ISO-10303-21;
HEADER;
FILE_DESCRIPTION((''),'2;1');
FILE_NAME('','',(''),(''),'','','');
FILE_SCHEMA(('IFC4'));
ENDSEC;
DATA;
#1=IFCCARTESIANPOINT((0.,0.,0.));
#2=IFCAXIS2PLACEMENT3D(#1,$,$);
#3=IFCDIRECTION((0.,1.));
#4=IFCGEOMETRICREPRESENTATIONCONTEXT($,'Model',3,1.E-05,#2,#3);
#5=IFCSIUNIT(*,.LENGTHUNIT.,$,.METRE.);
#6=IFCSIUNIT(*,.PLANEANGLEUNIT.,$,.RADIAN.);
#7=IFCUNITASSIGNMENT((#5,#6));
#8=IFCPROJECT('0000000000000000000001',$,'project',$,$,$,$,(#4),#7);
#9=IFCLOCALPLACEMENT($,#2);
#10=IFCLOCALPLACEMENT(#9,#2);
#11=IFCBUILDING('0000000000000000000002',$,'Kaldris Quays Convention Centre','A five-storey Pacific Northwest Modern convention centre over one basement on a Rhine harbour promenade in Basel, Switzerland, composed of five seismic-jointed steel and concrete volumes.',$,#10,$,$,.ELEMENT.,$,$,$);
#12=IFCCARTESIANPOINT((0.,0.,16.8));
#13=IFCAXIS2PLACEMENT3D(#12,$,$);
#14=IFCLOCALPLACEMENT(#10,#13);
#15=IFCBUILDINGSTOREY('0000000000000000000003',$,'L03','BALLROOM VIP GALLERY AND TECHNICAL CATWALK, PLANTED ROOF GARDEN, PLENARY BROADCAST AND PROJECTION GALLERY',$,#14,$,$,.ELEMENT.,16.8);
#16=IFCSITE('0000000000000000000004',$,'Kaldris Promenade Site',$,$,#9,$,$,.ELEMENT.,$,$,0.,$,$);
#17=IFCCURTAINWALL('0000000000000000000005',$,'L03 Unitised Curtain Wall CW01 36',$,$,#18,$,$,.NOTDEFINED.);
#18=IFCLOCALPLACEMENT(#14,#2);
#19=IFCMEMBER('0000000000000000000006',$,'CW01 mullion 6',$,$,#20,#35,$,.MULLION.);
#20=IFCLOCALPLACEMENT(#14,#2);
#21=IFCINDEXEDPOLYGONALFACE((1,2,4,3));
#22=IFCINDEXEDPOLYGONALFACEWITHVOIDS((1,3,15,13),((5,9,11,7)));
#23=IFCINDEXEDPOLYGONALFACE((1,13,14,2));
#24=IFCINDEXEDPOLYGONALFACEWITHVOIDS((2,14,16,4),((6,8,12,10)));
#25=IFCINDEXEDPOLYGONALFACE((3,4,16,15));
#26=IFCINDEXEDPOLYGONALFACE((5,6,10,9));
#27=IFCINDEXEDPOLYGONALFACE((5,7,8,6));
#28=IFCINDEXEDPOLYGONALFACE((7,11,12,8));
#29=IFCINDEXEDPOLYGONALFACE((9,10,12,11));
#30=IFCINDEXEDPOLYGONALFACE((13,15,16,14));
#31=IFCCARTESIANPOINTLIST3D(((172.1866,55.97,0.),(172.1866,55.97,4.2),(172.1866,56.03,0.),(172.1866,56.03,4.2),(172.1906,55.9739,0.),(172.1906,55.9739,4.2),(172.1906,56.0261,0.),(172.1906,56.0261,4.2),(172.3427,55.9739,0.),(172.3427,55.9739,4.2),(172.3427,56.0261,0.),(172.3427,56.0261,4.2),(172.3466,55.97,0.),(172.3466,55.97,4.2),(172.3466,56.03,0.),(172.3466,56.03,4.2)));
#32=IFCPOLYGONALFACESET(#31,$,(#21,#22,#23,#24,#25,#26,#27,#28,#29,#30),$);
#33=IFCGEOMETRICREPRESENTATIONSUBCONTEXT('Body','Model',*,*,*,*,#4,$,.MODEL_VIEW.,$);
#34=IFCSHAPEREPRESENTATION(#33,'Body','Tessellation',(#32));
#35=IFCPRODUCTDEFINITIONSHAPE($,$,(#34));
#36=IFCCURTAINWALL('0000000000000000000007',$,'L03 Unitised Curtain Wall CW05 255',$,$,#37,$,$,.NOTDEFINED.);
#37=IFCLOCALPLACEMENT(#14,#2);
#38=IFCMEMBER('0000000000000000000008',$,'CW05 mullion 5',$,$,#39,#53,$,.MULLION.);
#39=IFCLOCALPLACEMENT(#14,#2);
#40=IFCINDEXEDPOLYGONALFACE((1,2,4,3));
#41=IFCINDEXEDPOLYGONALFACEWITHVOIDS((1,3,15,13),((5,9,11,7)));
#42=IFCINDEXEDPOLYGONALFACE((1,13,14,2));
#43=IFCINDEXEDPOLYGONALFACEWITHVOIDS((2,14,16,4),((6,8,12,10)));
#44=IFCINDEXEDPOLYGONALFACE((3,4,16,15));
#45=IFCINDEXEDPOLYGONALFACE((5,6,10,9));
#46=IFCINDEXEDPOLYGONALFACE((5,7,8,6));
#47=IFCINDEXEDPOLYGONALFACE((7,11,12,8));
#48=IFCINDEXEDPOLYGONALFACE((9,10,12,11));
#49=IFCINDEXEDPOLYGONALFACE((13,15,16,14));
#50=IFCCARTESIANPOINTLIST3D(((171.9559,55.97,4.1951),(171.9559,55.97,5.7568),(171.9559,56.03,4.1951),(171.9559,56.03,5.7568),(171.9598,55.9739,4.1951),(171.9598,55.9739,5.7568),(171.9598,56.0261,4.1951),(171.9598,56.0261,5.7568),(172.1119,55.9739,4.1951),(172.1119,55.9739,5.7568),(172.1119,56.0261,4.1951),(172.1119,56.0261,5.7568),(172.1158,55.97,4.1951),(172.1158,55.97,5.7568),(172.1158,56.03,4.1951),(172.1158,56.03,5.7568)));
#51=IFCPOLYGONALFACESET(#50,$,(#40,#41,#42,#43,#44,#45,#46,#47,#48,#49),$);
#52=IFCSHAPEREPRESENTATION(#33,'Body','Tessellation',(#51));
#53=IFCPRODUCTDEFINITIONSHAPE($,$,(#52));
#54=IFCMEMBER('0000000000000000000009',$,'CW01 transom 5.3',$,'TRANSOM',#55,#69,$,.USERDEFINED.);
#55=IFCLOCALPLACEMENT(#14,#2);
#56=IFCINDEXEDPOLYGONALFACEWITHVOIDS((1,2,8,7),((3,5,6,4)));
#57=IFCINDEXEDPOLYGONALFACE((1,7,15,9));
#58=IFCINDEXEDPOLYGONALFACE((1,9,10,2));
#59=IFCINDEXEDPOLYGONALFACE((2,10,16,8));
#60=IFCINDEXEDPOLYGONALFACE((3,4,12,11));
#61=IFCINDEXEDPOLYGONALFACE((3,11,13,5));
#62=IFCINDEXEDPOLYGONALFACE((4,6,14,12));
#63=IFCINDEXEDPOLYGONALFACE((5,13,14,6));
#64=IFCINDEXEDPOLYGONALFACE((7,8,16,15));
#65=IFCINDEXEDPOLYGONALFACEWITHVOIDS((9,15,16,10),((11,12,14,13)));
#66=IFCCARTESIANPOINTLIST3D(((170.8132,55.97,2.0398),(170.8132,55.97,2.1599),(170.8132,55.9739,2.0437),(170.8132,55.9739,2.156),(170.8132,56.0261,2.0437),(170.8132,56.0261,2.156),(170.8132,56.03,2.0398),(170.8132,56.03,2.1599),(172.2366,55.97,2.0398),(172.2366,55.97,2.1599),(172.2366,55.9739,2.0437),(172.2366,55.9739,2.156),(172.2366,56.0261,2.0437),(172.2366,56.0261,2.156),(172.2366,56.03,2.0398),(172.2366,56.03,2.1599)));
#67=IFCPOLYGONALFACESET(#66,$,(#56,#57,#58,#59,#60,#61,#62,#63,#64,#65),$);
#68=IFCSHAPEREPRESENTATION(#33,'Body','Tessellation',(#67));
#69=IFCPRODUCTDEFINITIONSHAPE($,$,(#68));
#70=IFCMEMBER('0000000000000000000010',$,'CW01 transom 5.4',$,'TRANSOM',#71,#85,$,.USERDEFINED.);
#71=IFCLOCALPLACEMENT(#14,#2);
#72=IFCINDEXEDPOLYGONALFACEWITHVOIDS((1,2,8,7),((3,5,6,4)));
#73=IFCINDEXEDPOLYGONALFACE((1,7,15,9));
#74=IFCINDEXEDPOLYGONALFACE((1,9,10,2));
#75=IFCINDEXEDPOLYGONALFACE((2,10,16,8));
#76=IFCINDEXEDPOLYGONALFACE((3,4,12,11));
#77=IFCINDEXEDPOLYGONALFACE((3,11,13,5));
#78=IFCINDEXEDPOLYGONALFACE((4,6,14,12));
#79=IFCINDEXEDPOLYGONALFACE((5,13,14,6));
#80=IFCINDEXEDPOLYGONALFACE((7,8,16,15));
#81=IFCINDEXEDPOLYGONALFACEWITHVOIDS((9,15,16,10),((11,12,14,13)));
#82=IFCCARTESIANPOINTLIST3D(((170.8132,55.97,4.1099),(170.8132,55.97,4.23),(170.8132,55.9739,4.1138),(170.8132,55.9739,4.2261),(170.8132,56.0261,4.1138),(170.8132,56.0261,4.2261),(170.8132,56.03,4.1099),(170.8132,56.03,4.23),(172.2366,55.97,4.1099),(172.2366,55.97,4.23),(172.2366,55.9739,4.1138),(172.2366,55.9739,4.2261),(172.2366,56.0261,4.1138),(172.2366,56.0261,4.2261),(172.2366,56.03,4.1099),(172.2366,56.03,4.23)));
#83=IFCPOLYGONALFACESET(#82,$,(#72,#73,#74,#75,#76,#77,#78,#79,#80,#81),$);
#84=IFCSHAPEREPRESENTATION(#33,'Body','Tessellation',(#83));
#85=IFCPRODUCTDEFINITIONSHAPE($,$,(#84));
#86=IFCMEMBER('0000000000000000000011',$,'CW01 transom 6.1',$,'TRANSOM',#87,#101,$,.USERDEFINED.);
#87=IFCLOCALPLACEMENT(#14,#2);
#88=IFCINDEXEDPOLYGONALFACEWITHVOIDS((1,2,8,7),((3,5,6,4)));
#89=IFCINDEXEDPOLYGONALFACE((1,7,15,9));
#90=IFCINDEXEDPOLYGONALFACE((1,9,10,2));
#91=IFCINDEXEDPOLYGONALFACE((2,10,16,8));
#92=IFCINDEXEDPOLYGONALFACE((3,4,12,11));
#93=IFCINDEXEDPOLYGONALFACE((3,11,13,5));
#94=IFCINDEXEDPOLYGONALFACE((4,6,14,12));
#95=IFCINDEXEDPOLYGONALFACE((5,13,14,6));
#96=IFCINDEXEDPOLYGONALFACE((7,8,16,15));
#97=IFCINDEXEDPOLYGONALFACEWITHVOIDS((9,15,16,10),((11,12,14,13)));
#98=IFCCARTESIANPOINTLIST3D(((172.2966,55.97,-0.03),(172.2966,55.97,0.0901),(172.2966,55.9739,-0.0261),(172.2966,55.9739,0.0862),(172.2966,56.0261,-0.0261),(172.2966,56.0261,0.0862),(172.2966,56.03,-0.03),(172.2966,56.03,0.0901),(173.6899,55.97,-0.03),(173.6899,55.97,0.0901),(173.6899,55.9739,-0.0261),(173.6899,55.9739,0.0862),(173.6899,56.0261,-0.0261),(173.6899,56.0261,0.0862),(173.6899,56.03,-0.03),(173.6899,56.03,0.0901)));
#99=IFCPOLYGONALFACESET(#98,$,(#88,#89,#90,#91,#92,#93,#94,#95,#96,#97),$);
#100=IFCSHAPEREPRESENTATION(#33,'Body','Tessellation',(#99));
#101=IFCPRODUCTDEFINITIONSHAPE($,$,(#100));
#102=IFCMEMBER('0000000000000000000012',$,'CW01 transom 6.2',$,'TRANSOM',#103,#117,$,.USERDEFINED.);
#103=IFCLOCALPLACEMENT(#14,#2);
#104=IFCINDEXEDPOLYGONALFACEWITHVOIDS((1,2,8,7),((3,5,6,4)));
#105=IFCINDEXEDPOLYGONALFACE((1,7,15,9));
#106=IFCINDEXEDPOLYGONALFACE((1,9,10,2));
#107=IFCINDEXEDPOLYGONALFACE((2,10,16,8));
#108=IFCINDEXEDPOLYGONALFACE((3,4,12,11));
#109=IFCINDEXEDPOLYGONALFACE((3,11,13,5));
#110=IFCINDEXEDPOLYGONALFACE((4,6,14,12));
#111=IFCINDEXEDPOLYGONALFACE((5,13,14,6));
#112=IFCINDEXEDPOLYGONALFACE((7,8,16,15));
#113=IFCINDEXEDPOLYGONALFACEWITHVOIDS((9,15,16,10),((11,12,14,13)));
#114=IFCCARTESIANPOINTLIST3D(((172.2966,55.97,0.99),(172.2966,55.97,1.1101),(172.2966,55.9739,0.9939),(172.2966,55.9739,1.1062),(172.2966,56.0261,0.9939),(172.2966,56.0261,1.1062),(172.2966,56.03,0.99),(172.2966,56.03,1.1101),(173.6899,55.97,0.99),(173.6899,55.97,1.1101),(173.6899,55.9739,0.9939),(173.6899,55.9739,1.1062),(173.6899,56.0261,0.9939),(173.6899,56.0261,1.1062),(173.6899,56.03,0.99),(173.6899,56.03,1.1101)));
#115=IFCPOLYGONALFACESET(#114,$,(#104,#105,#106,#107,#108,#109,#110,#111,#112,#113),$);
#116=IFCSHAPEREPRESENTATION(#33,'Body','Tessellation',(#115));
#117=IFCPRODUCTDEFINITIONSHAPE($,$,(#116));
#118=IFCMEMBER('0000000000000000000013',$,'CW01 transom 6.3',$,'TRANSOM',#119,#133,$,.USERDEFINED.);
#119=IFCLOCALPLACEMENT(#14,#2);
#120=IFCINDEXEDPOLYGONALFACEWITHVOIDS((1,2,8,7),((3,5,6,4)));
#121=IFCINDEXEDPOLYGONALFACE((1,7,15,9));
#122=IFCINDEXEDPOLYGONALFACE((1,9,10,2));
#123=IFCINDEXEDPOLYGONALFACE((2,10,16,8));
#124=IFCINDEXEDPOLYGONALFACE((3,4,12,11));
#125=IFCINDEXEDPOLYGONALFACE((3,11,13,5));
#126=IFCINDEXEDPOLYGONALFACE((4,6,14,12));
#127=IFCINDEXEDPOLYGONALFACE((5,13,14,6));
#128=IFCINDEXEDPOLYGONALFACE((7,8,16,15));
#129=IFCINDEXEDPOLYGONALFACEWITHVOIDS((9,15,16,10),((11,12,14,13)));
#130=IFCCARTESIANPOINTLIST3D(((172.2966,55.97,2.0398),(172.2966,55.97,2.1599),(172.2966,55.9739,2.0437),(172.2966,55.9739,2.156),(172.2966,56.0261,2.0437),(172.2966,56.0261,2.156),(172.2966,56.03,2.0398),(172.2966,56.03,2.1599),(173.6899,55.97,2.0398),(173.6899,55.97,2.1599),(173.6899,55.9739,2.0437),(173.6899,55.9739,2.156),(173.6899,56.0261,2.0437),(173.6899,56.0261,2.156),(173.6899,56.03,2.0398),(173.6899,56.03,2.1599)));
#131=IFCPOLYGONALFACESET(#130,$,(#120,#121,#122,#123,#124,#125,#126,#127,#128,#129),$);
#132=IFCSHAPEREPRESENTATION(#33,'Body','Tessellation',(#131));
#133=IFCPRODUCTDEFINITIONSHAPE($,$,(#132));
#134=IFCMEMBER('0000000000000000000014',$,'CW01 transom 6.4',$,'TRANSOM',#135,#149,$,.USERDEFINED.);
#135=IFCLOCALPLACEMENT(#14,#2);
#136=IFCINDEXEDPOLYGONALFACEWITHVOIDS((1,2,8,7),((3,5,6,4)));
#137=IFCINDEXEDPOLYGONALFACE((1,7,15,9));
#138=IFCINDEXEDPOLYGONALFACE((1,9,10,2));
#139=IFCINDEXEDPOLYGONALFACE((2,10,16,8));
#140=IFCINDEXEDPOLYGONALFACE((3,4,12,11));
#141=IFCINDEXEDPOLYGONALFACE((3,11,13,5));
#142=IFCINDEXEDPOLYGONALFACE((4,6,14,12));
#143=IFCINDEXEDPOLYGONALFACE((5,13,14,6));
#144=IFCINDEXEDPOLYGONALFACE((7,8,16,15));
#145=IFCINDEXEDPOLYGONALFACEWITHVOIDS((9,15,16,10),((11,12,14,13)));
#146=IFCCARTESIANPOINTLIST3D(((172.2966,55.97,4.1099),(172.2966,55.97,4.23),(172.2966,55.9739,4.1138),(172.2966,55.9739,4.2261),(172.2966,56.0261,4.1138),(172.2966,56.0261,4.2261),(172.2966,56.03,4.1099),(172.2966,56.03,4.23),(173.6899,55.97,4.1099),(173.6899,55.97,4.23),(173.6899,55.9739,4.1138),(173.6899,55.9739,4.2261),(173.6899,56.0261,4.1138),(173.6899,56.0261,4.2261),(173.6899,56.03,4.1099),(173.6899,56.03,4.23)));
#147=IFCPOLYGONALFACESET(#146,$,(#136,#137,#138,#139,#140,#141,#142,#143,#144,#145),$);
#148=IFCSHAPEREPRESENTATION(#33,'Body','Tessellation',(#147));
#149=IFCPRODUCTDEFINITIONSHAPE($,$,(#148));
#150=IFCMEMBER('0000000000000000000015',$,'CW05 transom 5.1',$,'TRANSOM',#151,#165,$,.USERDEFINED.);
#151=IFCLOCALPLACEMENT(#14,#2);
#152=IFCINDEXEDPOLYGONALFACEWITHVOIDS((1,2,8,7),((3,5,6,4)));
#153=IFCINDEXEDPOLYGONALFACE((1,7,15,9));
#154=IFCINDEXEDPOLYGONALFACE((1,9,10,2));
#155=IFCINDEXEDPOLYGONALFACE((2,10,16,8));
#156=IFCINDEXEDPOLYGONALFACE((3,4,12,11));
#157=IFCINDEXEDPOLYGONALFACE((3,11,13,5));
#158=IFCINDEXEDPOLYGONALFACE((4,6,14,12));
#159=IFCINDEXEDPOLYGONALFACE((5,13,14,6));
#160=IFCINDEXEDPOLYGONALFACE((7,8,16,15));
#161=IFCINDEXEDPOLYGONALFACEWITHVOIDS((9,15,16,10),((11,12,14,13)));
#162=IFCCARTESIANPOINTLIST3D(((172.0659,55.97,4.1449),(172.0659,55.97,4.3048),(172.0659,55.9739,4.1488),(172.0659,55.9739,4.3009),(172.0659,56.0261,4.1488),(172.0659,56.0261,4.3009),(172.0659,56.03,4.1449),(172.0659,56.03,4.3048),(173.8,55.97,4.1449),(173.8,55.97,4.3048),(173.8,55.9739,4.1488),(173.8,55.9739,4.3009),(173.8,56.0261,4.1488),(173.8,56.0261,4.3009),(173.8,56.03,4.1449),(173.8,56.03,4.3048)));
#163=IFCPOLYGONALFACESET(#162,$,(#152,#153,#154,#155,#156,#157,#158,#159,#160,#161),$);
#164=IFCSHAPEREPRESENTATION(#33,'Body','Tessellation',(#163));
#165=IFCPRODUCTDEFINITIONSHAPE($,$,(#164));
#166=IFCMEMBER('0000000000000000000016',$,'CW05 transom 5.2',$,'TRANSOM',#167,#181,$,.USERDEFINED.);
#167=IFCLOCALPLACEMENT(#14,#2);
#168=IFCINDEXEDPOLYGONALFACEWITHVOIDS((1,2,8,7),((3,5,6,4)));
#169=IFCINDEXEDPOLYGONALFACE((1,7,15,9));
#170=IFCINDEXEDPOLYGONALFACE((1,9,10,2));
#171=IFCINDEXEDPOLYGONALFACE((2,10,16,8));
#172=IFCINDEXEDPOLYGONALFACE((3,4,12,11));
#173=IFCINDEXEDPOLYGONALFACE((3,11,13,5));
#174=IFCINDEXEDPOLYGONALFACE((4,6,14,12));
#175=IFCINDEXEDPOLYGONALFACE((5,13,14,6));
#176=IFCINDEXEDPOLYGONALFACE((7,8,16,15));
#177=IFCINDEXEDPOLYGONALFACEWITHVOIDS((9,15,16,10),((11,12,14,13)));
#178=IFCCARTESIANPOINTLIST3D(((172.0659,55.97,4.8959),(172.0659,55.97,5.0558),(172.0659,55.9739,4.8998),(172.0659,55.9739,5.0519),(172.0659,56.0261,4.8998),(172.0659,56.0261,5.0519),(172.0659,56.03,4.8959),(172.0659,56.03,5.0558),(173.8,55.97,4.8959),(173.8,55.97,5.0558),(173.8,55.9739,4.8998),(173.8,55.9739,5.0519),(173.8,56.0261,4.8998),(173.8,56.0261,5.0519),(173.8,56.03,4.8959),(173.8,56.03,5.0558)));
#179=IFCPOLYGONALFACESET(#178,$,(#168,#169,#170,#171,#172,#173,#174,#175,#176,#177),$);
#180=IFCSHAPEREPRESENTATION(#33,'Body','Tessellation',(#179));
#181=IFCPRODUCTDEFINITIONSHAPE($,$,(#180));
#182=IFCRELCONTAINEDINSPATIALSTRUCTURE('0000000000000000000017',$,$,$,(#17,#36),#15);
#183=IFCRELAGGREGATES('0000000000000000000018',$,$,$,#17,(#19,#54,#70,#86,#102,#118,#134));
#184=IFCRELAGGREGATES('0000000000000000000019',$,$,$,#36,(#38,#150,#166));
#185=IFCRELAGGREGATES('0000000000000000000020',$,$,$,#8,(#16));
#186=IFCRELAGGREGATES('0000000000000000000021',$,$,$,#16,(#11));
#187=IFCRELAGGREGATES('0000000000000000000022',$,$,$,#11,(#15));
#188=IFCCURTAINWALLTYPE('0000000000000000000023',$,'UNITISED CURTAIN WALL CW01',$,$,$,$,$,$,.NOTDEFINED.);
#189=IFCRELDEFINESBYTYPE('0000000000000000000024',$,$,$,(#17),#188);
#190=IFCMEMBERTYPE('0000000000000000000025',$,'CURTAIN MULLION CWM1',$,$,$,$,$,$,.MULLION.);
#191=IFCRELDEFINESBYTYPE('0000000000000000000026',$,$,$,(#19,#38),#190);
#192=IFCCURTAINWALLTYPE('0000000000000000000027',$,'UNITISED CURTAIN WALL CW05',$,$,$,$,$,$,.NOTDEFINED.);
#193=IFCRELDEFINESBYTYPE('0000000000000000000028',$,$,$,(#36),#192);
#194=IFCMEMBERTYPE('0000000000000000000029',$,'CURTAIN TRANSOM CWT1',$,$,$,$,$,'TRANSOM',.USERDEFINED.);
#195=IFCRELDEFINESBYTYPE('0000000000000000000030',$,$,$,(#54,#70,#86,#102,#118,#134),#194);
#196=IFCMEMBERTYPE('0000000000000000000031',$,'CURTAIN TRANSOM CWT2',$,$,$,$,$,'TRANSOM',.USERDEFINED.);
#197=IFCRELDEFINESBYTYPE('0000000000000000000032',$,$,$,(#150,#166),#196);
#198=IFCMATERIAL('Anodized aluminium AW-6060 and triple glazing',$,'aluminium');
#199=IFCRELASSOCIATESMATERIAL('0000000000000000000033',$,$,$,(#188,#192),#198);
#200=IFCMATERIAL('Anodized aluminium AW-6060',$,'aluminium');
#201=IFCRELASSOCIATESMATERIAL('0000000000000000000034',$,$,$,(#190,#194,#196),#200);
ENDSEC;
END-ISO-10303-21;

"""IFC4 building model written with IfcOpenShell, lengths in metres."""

from ifc_helpers import new_model, si_unit, direction, frame, origin, origin_2d, place, context, subcontext, project, spatial, hollow_rectangle, extrude, material, material_profile, profile_set, type_object, element, aggregate, save


model = new_model("IFC4")

# Units and contexts
model_context = context("Model", 3, precision=1e-05, world=origin(), true_north=direction((0.0, 1.0)))
body_context = subcontext(model_context, "Body", "Model", "MODEL_VIEW")
ifc_project = project(units=[si_unit("LENGTHUNIT", "METRE"), si_unit("PLANEANGLEUNIT", "RADIAN")], contexts=[model_context])

# Site, building, storey
site_placement = place(None, origin())
site = spatial("IfcSite", under=ifc_project, at=site_placement, Name="Kaldris Promenade Site", CompositionType="ELEMENT", RefElevation=0.0)
building_placement = place(site_placement, origin())
building = spatial("IfcBuilding", under=site, at=building_placement, Name="Kaldris Quays Convention Centre", Description="A five-storey Pacific Northwest Modern convention centre over one basement on a Rhine harbour promenade in Basel, Switzerland, composed of five seismic-jointed steel and concrete volumes.", CompositionType="ELEMENT")
storey_placement = place(building_placement, frame((0.0, 0.0, 16.8)))
storey = spatial("IfcBuildingStorey", under=building, at=storey_placement, Name="L03", Description="BALLROOM VIP GALLERY AND TECHNICAL CATWALK, PLANTED ROOF GARDEN, PLENARY BROADCAST AND PROJECTION GALLERY", CompositionType="ELEMENT", Elevation=16.8)

# Curtain walls, members
ifc_material_1 = material(Name="Anodized aluminium AW-6060 and triple glazing", Category="aluminium")
curtain_wall_type_1 = type_object("IfcCurtainWallType", Name="UNITISED CURTAIN WALL CW01", PredefinedType="NOTDEFINED", material=ifc_material_1)
curtain_wall_1_placement = place(storey_placement, origin())
curtain_wall_1 = element("IfcCurtainWall", 1, at=curtain_wall_1_placement, inside=storey, type_object=curtain_wall_type_1, Name="L03 Unitised Curtain Wall CW01 36", PredefinedType="NOTDEFINED")
ifc_material_2 = material(Name="Anodized aluminium AW-6060", Category="aluminium")
ifc_material_profile_1 = material_profile(ifc_material_2, hollow_rectangle(XDim=0.0601, YDim=0.1599, WallThickness=0.0039, at=origin_2d()), Name="RHS 160x60x4")
ifc_profile_set_1 = profile_set([ifc_material_profile_1], Name="Anodized aluminium AW-6060")
member_type_1 = type_object("IfcMemberType", Name="CURTAIN MULLION CWM1", PredefinedType="MULLION", material=ifc_profile_set_1)
member_1_placement = place(storey_placement, frame((172.2666, 56.0, 0.0), z_axis=(0.0, 0.0, 1.0), x_axis=(0.0, 1.0, 0.0)))
member_1 = element("IfcMember", 2, at=member_1_placement, type_object=member_type_1, Name="CW01 mullion 6", PredefinedType="MULLION", context=body_context, shape_type="SweptSolid", body=[
    extrude(hollow_rectangle(XDim=0.0601, YDim=0.1599, WallThickness=0.0039, at=origin_2d()), origin(), (0.0, 0.0, 1.0), 4.2),
])
curtain_wall_type_2 = type_object("IfcCurtainWallType", Name="UNITISED CURTAIN WALL CW05", PredefinedType="NOTDEFINED", material=ifc_material_1)
curtain_wall_2_placement = place(storey_placement, origin())
curtain_wall_2 = element("IfcCurtainWall", 3, at=curtain_wall_2_placement, inside=storey, type_object=curtain_wall_type_2, Name="L03 Unitised Curtain Wall CW05 255", PredefinedType="NOTDEFINED")
member_2_placement = place(storey_placement, frame((172.0359, 56.0, 4.1951), z_axis=(0.0, 0.0, 1.0), x_axis=(0.0, 1.0, 0.0)))
member_2 = element("IfcMember", 4, at=member_2_placement, type_object=member_type_1, Name="CW05 mullion 5", PredefinedType="MULLION", context=body_context, shape_type="SweptSolid", body=[
    extrude(hollow_rectangle(XDim=0.0601, YDim=0.1599, WallThickness=0.0039, at=origin_2d()), origin(), (0.0, 0.0, 1.0), 1.5618),
])

# Members
ifc_material_profile_2 = material_profile(ifc_material_2, hollow_rectangle(XDim=0.0601, YDim=0.1201, WallThickness=0.0039, at=origin_2d()), Name="RHS 120x60x4")
ifc_profile_set_2 = profile_set([ifc_material_profile_2], Name="Anodized aluminium AW-6060")
member_type_2 = type_object("IfcMemberType", Name="CURTAIN TRANSOM CWT1", ElementType="TRANSOM", PredefinedType="USERDEFINED", material=ifc_profile_set_2)
member_3_placement = place(storey_placement, frame((170.8132, 56.0, 2.0999), z_axis=(1.0, 0.0, 0.0), x_axis=(0.0, 1.0, 0.0)))
member_3 = element("IfcMember", 5, at=member_3_placement, type_object=member_type_2, Name="CW01 transom 5.3", ObjectType="TRANSOM", PredefinedType="USERDEFINED", context=body_context, shape_type="SweptSolid", body=[
    extrude(hollow_rectangle(XDim=0.0601, YDim=0.1201, WallThickness=0.0039, at=origin_2d()), origin(), (0.0, 0.0, 1.0), 1.4233),
])
member_4_placement = place(storey_placement, frame((170.8132, 56.0, 4.1699), z_axis=(1.0, 0.0, 0.0), x_axis=(0.0, 1.0, 0.0)))
member_4 = element("IfcMember", 6, at=member_4_placement, type_object=member_type_2, Name="CW01 transom 5.4", ObjectType="TRANSOM", PredefinedType="USERDEFINED", context=body_context, shape_type="SweptSolid", body=[
    extrude(hollow_rectangle(XDim=0.0601, YDim=0.1201, WallThickness=0.0039, at=origin_2d()), origin(), (0.0, 0.0, 1.0), 1.4233),
])
member_5_placement = place(storey_placement, frame((172.2966, 56.0, 0.03), z_axis=(1.0, 0.0, 0.0), x_axis=(0.0, 1.0, 0.0)))
member_5 = element("IfcMember", 7, at=member_5_placement, type_object=member_type_2, Name="CW01 transom 6.1", ObjectType="TRANSOM", PredefinedType="USERDEFINED", context=body_context, shape_type="SweptSolid", body=[
    extrude(hollow_rectangle(XDim=0.0601, YDim=0.1201, WallThickness=0.0039, at=origin_2d()), origin(), (0.0, 0.0, 1.0), 1.3933),
])
member_6_placement = place(storey_placement, frame((172.2966, 56.0, 1.05), z_axis=(1.0, 0.0, 0.0), x_axis=(0.0, 1.0, 0.0)))
member_6 = element("IfcMember", 8, at=member_6_placement, type_object=member_type_2, Name="CW01 transom 6.2", ObjectType="TRANSOM", PredefinedType="USERDEFINED", context=body_context, shape_type="SweptSolid", body=[
    extrude(hollow_rectangle(XDim=0.0601, YDim=0.1201, WallThickness=0.0039, at=origin_2d()), origin(), (0.0, 0.0, 1.0), 1.3933),
])
member_7_placement = place(storey_placement, frame((172.2966, 56.0, 2.0999), z_axis=(1.0, 0.0, 0.0), x_axis=(0.0, 1.0, 0.0)))
member_7 = element("IfcMember", 9, at=member_7_placement, type_object=member_type_2, Name="CW01 transom 6.3", ObjectType="TRANSOM", PredefinedType="USERDEFINED", context=body_context, shape_type="SweptSolid", body=[
    extrude(hollow_rectangle(XDim=0.0601, YDim=0.1201, WallThickness=0.0039, at=origin_2d()), origin(), (0.0, 0.0, 1.0), 1.3933),
])
member_8_placement = place(storey_placement, frame((172.2966, 56.0, 4.1699), z_axis=(1.0, 0.0, 0.0), x_axis=(0.0, 1.0, 0.0)))
member_8 = element("IfcMember", 10, at=member_8_placement, type_object=member_type_2, Name="CW01 transom 6.4", ObjectType="TRANSOM", PredefinedType="USERDEFINED", context=body_context, shape_type="SweptSolid", body=[
    extrude(hollow_rectangle(XDim=0.0601, YDim=0.1201, WallThickness=0.0039, at=origin_2d()), origin(), (0.0, 0.0, 1.0), 1.3933),
])
ifc_material_profile_3 = material_profile(ifc_material_2, hollow_rectangle(XDim=0.0601, YDim=0.1599, WallThickness=0.0039, at=origin_2d()), Name="RHS 160x60x4")
ifc_profile_set_3 = profile_set([ifc_material_profile_3], Name="Anodized aluminium AW-6060")
member_type_3 = type_object("IfcMemberType", Name="CURTAIN TRANSOM CWT2", ElementType="TRANSOM", PredefinedType="USERDEFINED", material=ifc_profile_set_3)
member_9_placement = place(storey_placement, frame((172.0659, 56.0, 4.2249), z_axis=(1.0, 0.0, 0.0), x_axis=(0.0, 1.0, 0.0)))
member_9 = element("IfcMember", 11, at=member_9_placement, type_object=member_type_3, Name="CW05 transom 5.1", ObjectType="TRANSOM", PredefinedType="USERDEFINED", context=body_context, shape_type="SweptSolid", body=[
    extrude(hollow_rectangle(XDim=0.0601, YDim=0.1599, WallThickness=0.0039, at=origin_2d()), origin(), (0.0, 0.0, 1.0), 1.7341),
])
member_10_placement = place(storey_placement, frame((172.0659, 56.0, 4.9758), z_axis=(1.0, 0.0, 0.0), x_axis=(0.0, 1.0, 0.0)))
member_10 = element("IfcMember", 12, at=member_10_placement, type_object=member_type_3, Name="CW05 transom 5.2", ObjectType="TRANSOM", PredefinedType="USERDEFINED", context=body_context, shape_type="SweptSolid", body=[
    extrude(hollow_rectangle(XDim=0.0601, YDim=0.1599, WallThickness=0.0039, at=origin_2d()), origin(), (0.0, 0.0, 1.0), 1.7341),
])

aggregate(curtain_wall_1, [member_1, member_3, member_4, member_5, member_6, member_7, member_8])
aggregate(curtain_wall_2, [member_2, member_9, member_10])

save(model, "model.ifc")
